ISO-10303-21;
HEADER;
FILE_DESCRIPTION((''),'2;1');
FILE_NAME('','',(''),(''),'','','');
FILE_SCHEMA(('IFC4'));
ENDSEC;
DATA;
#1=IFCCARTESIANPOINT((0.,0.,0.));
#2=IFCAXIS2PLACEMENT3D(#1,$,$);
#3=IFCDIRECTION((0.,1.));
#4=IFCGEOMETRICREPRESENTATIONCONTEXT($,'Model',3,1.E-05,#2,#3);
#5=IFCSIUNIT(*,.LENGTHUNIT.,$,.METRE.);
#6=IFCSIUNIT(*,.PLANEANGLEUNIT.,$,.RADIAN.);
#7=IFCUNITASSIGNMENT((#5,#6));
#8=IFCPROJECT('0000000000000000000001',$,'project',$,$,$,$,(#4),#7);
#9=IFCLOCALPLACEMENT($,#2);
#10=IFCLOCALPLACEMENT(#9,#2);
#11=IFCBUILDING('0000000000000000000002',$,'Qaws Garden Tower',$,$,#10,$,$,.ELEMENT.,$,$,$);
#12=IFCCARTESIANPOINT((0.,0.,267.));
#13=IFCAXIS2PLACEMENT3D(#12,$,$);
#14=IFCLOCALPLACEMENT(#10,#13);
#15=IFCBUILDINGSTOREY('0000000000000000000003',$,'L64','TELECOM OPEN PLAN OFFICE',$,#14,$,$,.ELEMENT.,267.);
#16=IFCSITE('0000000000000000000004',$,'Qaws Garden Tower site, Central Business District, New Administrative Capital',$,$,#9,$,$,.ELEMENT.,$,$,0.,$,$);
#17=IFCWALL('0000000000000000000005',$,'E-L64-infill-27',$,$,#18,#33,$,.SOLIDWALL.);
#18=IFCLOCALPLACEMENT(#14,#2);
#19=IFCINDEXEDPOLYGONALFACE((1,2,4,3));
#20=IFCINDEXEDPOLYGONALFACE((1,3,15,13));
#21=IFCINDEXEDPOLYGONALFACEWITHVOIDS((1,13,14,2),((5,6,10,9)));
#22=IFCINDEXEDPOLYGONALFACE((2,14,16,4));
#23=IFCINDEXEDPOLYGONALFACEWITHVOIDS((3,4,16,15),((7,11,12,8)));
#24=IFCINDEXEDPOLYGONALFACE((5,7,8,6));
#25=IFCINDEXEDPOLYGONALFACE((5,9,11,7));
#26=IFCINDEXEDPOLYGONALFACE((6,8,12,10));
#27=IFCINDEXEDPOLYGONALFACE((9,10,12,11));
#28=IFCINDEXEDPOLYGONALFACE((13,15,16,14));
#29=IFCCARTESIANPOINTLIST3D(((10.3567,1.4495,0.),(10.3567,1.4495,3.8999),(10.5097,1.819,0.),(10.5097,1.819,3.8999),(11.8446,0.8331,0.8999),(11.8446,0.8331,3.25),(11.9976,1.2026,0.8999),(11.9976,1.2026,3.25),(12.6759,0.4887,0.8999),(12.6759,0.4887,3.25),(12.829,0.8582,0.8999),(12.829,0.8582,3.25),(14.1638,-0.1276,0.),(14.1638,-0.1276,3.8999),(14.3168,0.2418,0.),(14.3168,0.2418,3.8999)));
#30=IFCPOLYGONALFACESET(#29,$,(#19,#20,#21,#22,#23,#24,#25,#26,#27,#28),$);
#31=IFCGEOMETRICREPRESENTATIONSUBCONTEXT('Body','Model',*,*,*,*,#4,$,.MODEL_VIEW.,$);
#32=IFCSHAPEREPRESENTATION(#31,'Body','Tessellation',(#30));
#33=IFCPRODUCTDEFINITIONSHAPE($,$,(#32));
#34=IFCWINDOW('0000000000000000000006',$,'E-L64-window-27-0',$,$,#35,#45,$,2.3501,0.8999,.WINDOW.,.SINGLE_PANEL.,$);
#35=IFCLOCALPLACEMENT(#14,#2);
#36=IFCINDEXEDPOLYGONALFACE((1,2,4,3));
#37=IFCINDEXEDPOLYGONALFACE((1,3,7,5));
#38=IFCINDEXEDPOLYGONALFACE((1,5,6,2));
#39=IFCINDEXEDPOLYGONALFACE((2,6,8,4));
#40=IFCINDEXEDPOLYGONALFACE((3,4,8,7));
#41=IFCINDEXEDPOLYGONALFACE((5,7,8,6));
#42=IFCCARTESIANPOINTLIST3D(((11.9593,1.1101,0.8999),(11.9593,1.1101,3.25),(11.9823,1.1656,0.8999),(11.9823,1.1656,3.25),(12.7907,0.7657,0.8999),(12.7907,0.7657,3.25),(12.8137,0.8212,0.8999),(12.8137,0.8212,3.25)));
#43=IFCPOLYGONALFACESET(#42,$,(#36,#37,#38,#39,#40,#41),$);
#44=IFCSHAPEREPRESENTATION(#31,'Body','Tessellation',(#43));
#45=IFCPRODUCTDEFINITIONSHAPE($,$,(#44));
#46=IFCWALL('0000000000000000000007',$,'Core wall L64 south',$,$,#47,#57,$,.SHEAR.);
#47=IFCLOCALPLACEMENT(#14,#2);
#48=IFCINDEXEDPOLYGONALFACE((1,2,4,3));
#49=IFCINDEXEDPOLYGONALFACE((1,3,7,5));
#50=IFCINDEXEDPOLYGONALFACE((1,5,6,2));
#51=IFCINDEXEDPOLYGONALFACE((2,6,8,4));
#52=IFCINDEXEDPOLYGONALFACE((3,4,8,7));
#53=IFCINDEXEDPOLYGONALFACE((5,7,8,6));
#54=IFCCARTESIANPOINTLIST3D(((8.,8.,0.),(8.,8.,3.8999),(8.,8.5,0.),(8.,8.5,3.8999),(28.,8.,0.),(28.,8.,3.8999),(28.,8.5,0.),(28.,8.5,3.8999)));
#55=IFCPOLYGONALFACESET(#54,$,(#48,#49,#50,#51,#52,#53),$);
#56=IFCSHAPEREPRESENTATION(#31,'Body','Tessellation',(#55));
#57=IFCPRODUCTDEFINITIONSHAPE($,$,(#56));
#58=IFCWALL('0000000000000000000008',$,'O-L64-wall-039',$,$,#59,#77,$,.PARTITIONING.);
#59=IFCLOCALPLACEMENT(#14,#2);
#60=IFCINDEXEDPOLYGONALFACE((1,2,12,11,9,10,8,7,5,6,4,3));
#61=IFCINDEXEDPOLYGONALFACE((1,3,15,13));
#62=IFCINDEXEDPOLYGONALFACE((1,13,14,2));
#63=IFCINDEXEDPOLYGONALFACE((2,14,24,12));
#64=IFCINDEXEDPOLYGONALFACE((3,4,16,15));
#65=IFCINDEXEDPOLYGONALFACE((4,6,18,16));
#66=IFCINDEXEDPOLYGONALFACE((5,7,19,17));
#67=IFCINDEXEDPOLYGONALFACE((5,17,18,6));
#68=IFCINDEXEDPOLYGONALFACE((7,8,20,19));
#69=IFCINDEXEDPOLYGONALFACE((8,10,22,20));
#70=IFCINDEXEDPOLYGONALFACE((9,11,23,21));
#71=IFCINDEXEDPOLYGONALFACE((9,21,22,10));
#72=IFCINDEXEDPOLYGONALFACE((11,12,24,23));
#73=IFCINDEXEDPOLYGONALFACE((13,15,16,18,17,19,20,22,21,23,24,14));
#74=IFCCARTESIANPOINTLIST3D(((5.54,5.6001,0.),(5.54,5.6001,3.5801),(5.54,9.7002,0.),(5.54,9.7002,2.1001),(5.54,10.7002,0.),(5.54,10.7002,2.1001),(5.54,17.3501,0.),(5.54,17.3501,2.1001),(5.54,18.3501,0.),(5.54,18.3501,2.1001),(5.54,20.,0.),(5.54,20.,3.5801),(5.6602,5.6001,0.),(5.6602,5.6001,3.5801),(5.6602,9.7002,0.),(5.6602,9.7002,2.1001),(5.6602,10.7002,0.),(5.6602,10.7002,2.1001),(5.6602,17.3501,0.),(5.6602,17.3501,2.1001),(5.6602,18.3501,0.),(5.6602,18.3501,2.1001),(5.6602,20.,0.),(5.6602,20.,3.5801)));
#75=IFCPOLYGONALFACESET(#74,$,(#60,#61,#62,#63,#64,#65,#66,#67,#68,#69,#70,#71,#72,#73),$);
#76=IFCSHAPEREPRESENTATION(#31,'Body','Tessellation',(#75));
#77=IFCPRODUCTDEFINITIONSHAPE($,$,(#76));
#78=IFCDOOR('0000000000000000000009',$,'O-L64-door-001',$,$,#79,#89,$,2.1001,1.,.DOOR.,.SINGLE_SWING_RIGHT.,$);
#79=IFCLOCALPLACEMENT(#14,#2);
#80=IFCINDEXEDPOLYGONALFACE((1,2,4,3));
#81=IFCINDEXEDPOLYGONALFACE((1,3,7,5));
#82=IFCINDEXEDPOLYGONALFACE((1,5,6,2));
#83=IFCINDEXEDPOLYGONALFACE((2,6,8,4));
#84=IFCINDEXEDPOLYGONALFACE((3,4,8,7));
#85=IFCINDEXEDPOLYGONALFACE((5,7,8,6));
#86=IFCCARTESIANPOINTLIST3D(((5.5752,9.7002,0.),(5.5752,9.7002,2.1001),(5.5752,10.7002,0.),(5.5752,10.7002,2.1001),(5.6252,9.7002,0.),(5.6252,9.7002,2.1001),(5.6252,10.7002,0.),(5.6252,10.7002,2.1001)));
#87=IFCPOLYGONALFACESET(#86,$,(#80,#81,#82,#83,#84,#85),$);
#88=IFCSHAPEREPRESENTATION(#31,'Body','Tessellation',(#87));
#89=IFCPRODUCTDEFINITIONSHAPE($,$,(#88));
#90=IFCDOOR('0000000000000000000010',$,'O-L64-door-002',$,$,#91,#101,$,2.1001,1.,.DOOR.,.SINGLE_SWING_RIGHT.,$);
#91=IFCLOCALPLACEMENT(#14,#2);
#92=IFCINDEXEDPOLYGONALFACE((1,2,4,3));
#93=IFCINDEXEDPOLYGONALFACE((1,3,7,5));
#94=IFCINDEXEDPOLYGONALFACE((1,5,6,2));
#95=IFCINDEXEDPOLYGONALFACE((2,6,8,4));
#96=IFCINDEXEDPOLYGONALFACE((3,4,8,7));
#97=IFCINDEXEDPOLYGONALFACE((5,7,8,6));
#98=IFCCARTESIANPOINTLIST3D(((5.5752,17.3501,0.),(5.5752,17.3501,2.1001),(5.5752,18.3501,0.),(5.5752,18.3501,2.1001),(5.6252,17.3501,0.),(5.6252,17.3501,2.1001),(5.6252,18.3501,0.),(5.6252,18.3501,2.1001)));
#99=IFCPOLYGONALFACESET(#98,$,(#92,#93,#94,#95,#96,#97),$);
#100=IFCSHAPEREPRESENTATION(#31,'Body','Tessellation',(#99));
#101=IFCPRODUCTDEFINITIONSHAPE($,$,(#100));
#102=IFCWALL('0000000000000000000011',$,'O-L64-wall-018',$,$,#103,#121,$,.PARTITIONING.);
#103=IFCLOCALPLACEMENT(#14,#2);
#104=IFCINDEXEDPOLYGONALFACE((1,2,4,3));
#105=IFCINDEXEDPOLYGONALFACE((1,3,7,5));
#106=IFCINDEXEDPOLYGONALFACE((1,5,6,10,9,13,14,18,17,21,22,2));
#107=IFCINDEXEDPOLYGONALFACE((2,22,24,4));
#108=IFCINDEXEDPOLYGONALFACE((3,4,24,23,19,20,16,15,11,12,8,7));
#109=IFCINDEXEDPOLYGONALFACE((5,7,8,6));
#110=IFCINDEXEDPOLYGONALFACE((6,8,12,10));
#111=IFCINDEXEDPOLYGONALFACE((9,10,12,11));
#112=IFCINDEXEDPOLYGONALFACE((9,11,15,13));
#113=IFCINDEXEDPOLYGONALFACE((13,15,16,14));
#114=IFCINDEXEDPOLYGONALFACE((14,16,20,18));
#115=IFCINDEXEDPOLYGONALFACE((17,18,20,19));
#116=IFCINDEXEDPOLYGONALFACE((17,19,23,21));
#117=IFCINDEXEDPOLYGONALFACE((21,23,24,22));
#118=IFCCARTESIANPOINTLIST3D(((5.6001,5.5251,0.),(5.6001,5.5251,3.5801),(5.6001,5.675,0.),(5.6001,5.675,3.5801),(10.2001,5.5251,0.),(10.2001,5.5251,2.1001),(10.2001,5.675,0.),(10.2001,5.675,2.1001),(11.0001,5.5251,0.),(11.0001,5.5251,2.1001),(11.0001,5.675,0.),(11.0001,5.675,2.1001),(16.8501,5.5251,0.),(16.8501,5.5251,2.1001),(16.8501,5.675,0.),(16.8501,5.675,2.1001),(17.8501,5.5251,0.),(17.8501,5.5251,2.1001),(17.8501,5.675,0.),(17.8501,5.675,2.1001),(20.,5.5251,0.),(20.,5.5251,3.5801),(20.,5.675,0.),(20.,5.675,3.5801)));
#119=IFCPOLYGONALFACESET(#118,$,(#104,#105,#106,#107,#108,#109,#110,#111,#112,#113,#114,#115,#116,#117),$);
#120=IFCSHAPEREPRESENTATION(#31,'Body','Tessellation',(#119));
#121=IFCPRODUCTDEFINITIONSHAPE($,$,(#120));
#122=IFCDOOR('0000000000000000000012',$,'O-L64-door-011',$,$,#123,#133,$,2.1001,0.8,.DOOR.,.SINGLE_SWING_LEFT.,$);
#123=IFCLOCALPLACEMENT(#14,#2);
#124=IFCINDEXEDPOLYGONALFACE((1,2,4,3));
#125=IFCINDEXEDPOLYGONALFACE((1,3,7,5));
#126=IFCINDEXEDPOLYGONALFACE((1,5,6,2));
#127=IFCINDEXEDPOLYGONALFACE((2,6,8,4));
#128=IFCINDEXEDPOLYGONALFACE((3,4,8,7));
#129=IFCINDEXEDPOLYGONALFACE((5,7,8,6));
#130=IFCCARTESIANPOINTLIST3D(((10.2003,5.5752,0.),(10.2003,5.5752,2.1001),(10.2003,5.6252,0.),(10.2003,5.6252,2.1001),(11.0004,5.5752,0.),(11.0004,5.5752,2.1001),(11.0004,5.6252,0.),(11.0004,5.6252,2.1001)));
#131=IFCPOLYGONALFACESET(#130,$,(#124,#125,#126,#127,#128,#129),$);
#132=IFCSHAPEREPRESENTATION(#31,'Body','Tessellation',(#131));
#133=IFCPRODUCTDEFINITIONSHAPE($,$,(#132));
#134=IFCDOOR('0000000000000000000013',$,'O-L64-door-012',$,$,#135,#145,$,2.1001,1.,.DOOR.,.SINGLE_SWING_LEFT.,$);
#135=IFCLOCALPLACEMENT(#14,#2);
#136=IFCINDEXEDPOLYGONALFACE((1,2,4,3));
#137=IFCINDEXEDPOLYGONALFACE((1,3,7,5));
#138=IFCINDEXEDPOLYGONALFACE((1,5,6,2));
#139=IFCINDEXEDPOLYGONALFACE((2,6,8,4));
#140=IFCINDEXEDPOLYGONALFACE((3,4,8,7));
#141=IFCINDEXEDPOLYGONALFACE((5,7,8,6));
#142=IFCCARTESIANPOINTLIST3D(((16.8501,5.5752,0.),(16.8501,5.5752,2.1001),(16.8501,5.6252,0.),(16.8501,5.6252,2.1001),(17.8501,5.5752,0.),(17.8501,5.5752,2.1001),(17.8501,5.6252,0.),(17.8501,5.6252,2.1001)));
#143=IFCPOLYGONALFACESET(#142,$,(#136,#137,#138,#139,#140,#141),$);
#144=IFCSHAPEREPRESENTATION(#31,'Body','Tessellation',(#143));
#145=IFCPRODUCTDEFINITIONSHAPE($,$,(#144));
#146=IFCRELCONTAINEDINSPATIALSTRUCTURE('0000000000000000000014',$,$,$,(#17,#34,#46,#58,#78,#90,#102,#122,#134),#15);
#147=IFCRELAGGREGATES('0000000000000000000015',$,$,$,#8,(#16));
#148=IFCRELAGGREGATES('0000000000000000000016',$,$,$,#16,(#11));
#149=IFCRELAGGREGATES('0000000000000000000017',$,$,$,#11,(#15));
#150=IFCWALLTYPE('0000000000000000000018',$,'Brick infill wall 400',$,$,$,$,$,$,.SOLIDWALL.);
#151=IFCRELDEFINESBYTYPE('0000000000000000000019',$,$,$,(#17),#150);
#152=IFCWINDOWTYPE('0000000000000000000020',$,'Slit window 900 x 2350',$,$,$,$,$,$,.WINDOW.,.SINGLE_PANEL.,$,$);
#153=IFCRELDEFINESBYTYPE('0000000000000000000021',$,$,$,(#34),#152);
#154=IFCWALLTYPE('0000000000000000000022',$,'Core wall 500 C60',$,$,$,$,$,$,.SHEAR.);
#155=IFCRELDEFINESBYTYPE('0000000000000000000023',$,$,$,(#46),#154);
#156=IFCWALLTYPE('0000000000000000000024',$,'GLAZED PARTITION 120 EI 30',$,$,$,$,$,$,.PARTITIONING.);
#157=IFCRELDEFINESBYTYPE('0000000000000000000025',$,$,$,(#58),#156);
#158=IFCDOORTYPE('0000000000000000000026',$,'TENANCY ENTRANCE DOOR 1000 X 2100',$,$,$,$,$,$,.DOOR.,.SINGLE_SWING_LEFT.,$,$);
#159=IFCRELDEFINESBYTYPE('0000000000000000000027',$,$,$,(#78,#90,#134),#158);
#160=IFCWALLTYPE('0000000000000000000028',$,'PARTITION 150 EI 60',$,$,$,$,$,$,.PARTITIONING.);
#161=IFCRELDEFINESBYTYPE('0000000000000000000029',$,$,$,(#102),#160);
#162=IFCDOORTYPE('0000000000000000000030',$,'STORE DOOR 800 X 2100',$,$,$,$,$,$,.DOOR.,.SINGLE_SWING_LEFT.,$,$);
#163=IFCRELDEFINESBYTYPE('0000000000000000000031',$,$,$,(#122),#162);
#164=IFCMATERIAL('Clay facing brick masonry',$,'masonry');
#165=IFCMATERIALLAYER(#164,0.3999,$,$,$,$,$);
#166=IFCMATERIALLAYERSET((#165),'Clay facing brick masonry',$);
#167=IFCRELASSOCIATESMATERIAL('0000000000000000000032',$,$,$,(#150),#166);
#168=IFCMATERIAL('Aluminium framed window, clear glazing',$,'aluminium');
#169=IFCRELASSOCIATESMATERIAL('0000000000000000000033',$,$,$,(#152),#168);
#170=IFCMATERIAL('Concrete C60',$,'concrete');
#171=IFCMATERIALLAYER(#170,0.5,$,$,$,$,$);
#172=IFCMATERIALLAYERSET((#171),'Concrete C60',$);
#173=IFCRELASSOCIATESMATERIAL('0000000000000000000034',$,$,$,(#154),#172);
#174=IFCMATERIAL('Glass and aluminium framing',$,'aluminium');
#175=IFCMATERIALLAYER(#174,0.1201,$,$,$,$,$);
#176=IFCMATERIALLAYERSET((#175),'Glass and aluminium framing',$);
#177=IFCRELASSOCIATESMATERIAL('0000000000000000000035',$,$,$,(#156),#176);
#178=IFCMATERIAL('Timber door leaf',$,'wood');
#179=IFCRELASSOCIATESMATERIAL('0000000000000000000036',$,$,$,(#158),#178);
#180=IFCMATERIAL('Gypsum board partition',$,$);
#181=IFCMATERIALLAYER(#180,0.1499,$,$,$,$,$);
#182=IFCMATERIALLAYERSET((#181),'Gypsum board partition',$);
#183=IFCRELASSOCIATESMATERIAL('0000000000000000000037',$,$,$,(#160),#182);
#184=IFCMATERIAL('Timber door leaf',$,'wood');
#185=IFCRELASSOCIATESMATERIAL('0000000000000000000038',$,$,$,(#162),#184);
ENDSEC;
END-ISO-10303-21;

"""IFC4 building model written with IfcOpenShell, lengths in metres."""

from ifc_helpers import new_model, si_unit, direction, frame, frame_2d, origin, place, context, subcontext, project, spatial, rectangle, extrude, material, layer, layer_set, type_object, element, fill, save


model = new_model("IFC4")

# Units and contexts
model_context = context("Model", 3, precision=1e-05, world=origin(), true_north=direction((0.0, 1.0)))
body_context = subcontext(model_context, "Body", "Model", "MODEL_VIEW")
ifc_project = project(units=[si_unit("LENGTHUNIT", "METRE"), si_unit("PLANEANGLEUNIT", "RADIAN")], contexts=[model_context])

# Site, building, storey
site_placement = place(None, origin())
site = spatial("IfcSite", under=ifc_project, at=site_placement, Name="Qaws Garden Tower site, Central Business District, New Administrative Capital", CompositionType="ELEMENT", RefElevation=0.0)
building_placement = place(site_placement, origin())
building = spatial("IfcBuilding", under=site, at=building_placement, Name="Qaws Garden Tower", CompositionType="ELEMENT")
storey_placement = place(building_placement, frame((0.0, 0.0, 267.0)))
storey = spatial("IfcBuildingStorey", under=building, at=storey_placement, Name="L64", Description="TELECOM OPEN PLAN OFFICE", CompositionType="ELEMENT", Elevation=267.0)

# Wall, opening, window
ifc_material_1 = material(Name="Clay facing brick masonry", Category="masonry")
ifc_layer_1 = layer(ifc_material_1, 0.3999)
ifc_layer_set_1 = layer_set([ifc_layer_1], Name="Clay facing brick masonry")
wall_type_1 = type_object("IfcWallType", Name="Brick infill wall 400", PredefinedType="SOLIDWALL", material=ifc_layer_set_1)
ifc_material_2 = material(Name="Aluminium framed window, clear glazing", Category="aluminium")
window_type = type_object("IfcWindowType", Name="Slit window 900 x 2350", PartitioningType="SINGLE_PANEL", PredefinedType="WINDOW", material=ifc_material_2)
wall_1_placement = place(storey_placement, frame((10.4331, 1.6343, 0.0), z_axis=(0.0, 0.0, 1.0), x_axis=(0.923864, -0.382722, 0.0)))
wall_1 = element("IfcWall", 1, at=wall_1_placement, inside=storey, type_object=wall_type_1, Name="E-L64-infill-27", PredefinedType="SOLIDWALL", context=body_context, shape_type="SweptSolid", body=[
    extrude(rectangle(XDim=4.1208, YDim=0.3999, at=frame_2d((2.0605, 0.0))), origin(), (0.0, 0.0, 1.0), 3.8999),
])
opening_1_placement = place(wall_1_placement, frame((1.6106, 0.0, 0.8999)))
opening_1 = element("IfcOpeningElement", 2, at=opening_1_placement, cuts=wall_1, PredefinedType="OPENING", context=body_context, shape_type="SweptSolid", body=[
    extrude(rectangle(XDim=0.8999, YDim=2.3501, at=frame_2d((0.45, 1.175))), frame((0.0, 0.21, 0.0), z_axis=(0.0, -1.0, 0.0), x_axis=(1.0, 0.0, 0.0)), (0.0, 0.0, 1.0), 0.4199),
])
window_1_placement = place(opening_1_placement, origin())
window_1 = element("IfcWindow", 3, at=window_1_placement, inside=storey, type_object=window_type, Name="E-L64-window-27-0", OverallHeight=2.3501, OverallWidth=0.8999, PartitioningType="SINGLE_PANEL", PredefinedType="WINDOW", context=body_context, shape_type="SweptSolid", body=[
    extrude(rectangle(XDim=0.8999, YDim=2.3501, at=frame_2d((0.45, 1.175))), frame((0.0, 0.1599, 0.0), z_axis=(0.0, -1.0, 0.0), x_axis=(1.0, 0.0, 0.0)), (0.0, 0.0, 1.0), 0.0601),
])
fill(opening_1, window_1)

# Wall
ifc_material_3 = material(Name="Concrete C60", Category="concrete")
ifc_layer_2 = layer(ifc_material_3, 0.5)
ifc_layer_set_2 = layer_set([ifc_layer_2], Name="Concrete C60")
wall_type_2 = type_object("IfcWallType", Name="Core wall 500 C60", PredefinedType="SHEAR", material=ifc_layer_set_2)
wall_2_placement = place(storey_placement, frame((8.0, 8.25, 0.0), z_axis=(0.0, 0.0, 1.0), x_axis=(1.0, 0.0, 0.0)))
element("IfcWall", 4, at=wall_2_placement, inside=storey, type_object=wall_type_2, Name="Core wall L64 south", PredefinedType="SHEAR", context=body_context, shape_type="SweptSolid", body=[
    extrude(rectangle(XDim=20.0, YDim=0.5, at=frame_2d((10.0, 0.0))), origin(), (0.0, 0.0, 1.0), 3.8999),
])

# Walls, openings, doors
ifc_material_4 = material(Name="Glass and aluminium framing", Category="aluminium")
ifc_layer_3 = layer(ifc_material_4, 0.1201)
ifc_layer_set_3 = layer_set([ifc_layer_3], Name="Glass and aluminium framing")
wall_type_3 = type_object("IfcWallType", Name="GLAZED PARTITION 120 EI 30", PredefinedType="PARTITIONING", material=ifc_layer_set_3)
wall_3_placement = place(storey_placement, frame((5.6001, 5.6001, 0.0), z_axis=(0.0, 0.0, 1.0), x_axis=(0.0, 1.0, 0.0)))
wall_3 = element("IfcWall", 5, at=wall_3_placement, inside=storey, type_object=wall_type_3, Name="O-L64-wall-039", PredefinedType="PARTITIONING", context=body_context, shape_type="SweptSolid", body=[
    extrude(rectangle(XDim=14.3999, YDim=0.1201, at=frame_2d((7.2, 0.0))), origin(), (0.0, 0.0, 1.0), 3.5801),
])
opening_2_placement = place(wall_3_placement, frame((4.1001, 0.0, 0.0)))
opening_2 = element("IfcOpeningElement", 6, at=opening_2_placement, cuts=wall_3, PredefinedType="OPENING", context=body_context, shape_type="SweptSolid", body=[
    extrude(rectangle(XDim=1.0, YDim=2.1001, at=frame_2d((0.5, 1.05))), frame((0.0, 0.0701, 0.0), z_axis=(0.0, -1.0, 0.0), x_axis=(1.0, 0.0, 0.0)), (0.0, 0.0, 1.0), 0.1401),
])
opening_3_placement = place(wall_3_placement, frame((11.75, 0.0, 0.0)))
opening_3 = element("IfcOpeningElement", 7, at=opening_3_placement, cuts=wall_3, PredefinedType="OPENING", context=body_context, shape_type="SweptSolid", body=[
    extrude(rectangle(XDim=1.0, YDim=2.1001, at=frame_2d((0.5, 1.05))), frame((0.0, 0.0701, 0.0), z_axis=(0.0, -1.0, 0.0), x_axis=(1.0, 0.0, 0.0)), (0.0, 0.0, 1.0), 0.1401),
])
ifc_material_5 = material(Name="Timber door leaf", Category="wood")
door_type_1 = type_object("IfcDoorType", Name="TENANCY ENTRANCE DOOR 1000 X 2100", OperationType="SINGLE_SWING_LEFT", PredefinedType="DOOR", material=ifc_material_5)
door_1_placement = place(opening_2_placement, origin())
door_1 = element("IfcDoor", 8, at=door_1_placement, inside=storey, type_object=door_type_1, Name="O-L64-door-001", OperationType="SINGLE_SWING_RIGHT", OverallHeight=2.1001, OverallWidth=1.0, PredefinedType="DOOR", context=body_context, shape_type="SweptSolid", body=[
    extrude(rectangle(XDim=1.0, YDim=2.1001, at=frame_2d((0.5, 1.05))), frame((0.0, 0.0249, 0.0), z_axis=(0.0, -1.0, 0.0), x_axis=(1.0, 0.0, 0.0)), (0.0, 0.0, 1.0), 0.05),
])
fill(opening_2, door_1)
door_2_placement = place(opening_3_placement, origin())
door_2 = element("IfcDoor", 9, at=door_2_placement, inside=storey, type_object=door_type_1, Name="O-L64-door-002", OperationType="SINGLE_SWING_RIGHT", OverallHeight=2.1001, OverallWidth=1.0, PredefinedType="DOOR", context=body_context, shape_type="SweptSolid", body=[
    extrude(rectangle(XDim=1.0, YDim=2.1001, at=frame_2d((0.5, 1.05))), frame((0.0, 0.0249, 0.0), z_axis=(0.0, -1.0, 0.0), x_axis=(1.0, 0.0, 0.0)), (0.0, 0.0, 1.0), 0.05),
])
fill(opening_3, door_2)
ifc_material_6 = material(Name="Gypsum board partition")
ifc_layer_4 = layer(ifc_material_6, 0.1499)
ifc_layer_set_4 = layer_set([ifc_layer_4], Name="Gypsum board partition")
wall_type_4 = type_object("IfcWallType", Name="PARTITION 150 EI 60", PredefinedType="PARTITIONING", material=ifc_layer_set_4)
wall_4_placement = place(storey_placement, frame((5.6001, 5.6001, 0.0), z_axis=(0.0, 0.0, 1.0), x_axis=(1.0, 0.0, 0.0)))
wall_4 = element("IfcWall", 10, at=wall_4_placement, inside=storey, type_object=wall_type_4, Name="O-L64-wall-018", PredefinedType="PARTITIONING", context=body_context, shape_type="SweptSolid", body=[
    extrude(rectangle(XDim=14.3999, YDim=0.1499, at=frame_2d((7.2, 0.0))), origin(), (0.0, 0.0, 1.0), 3.5801),
])
opening_4_placement = place(wall_4_placement, frame((4.6001, 0.0, 0.0)))
opening_4 = element("IfcOpeningElement", 11, at=opening_4_placement, cuts=wall_4, PredefinedType="OPENING", context=body_context, shape_type="SweptSolid", body=[
    extrude(rectangle(XDim=0.8, YDim=2.1001, at=frame_2d((0.3999, 1.05))), frame((0.0, 0.085, 0.0), z_axis=(0.0, -1.0, 0.0), x_axis=(1.0, 0.0, 0.0)), (0.0, 0.0, 1.0), 0.1699),
])
opening_5_placement = place(wall_4_placement, frame((11.25, 0.0, 0.0)))
opening_5 = element("IfcOpeningElement", 12, at=opening_5_placement, cuts=wall_4, PredefinedType="OPENING", context=body_context, shape_type="SweptSolid", body=[
    extrude(rectangle(XDim=1.0, YDim=2.1001, at=frame_2d((0.5, 1.05))), frame((0.0, 0.085, 0.0), z_axis=(0.0, -1.0, 0.0), x_axis=(1.0, 0.0, 0.0)), (0.0, 0.0, 1.0), 0.1699),
])
ifc_material_7 = material(Name="Timber door leaf", Category="wood")
door_type_2 = type_object("IfcDoorType", Name="STORE DOOR 800 X 2100", OperationType="SINGLE_SWING_LEFT", PredefinedType="DOOR", material=ifc_material_7)
door_3_placement = place(opening_4_placement, frame((0.8, 0.0, 0.0), z_axis=(0.0, 0.0, 1.0), x_axis=(-1.0, 0.0, 0.0)))
door_3 = element("IfcDoor", 13, at=door_3_placement, inside=storey, type_object=door_type_2, Name="O-L64-door-011", OperationType="SINGLE_SWING_LEFT", OverallHeight=2.1001, OverallWidth=0.8, PredefinedType="DOOR", context=body_context, shape_type="SweptSolid", body=[
    extrude(rectangle(XDim=0.8, YDim=2.1001, at=frame_2d((0.3999, 1.05))), frame((0.0, 0.0249, 0.0), z_axis=(0.0, -1.0, 0.0), x_axis=(1.0, 0.0, 0.0)), (0.0, 0.0, 1.0), 0.05),
])
fill(opening_4, door_3)
door_4_placement = place(opening_5_placement, frame((1.0, 0.0, 0.0), z_axis=(0.0, 0.0, 1.0), x_axis=(-1.0, 0.0, 0.0)))
door_4 = element("IfcDoor", 14, at=door_4_placement, inside=storey, type_object=door_type_1, Name="O-L64-door-012", OperationType="SINGLE_SWING_LEFT", OverallHeight=2.1001, OverallWidth=1.0, PredefinedType="DOOR", context=body_context, shape_type="SweptSolid", body=[
    extrude(rectangle(XDim=1.0, YDim=2.1001, at=frame_2d((0.5, 1.05))), frame((0.0, 0.0249, 0.0), z_axis=(0.0, -1.0, 0.0), x_axis=(1.0, 0.0, 0.0)), (0.0, 0.0, 1.0), 0.05),
])
fill(opening_5, door_4)

save(model, "model.ifc")
